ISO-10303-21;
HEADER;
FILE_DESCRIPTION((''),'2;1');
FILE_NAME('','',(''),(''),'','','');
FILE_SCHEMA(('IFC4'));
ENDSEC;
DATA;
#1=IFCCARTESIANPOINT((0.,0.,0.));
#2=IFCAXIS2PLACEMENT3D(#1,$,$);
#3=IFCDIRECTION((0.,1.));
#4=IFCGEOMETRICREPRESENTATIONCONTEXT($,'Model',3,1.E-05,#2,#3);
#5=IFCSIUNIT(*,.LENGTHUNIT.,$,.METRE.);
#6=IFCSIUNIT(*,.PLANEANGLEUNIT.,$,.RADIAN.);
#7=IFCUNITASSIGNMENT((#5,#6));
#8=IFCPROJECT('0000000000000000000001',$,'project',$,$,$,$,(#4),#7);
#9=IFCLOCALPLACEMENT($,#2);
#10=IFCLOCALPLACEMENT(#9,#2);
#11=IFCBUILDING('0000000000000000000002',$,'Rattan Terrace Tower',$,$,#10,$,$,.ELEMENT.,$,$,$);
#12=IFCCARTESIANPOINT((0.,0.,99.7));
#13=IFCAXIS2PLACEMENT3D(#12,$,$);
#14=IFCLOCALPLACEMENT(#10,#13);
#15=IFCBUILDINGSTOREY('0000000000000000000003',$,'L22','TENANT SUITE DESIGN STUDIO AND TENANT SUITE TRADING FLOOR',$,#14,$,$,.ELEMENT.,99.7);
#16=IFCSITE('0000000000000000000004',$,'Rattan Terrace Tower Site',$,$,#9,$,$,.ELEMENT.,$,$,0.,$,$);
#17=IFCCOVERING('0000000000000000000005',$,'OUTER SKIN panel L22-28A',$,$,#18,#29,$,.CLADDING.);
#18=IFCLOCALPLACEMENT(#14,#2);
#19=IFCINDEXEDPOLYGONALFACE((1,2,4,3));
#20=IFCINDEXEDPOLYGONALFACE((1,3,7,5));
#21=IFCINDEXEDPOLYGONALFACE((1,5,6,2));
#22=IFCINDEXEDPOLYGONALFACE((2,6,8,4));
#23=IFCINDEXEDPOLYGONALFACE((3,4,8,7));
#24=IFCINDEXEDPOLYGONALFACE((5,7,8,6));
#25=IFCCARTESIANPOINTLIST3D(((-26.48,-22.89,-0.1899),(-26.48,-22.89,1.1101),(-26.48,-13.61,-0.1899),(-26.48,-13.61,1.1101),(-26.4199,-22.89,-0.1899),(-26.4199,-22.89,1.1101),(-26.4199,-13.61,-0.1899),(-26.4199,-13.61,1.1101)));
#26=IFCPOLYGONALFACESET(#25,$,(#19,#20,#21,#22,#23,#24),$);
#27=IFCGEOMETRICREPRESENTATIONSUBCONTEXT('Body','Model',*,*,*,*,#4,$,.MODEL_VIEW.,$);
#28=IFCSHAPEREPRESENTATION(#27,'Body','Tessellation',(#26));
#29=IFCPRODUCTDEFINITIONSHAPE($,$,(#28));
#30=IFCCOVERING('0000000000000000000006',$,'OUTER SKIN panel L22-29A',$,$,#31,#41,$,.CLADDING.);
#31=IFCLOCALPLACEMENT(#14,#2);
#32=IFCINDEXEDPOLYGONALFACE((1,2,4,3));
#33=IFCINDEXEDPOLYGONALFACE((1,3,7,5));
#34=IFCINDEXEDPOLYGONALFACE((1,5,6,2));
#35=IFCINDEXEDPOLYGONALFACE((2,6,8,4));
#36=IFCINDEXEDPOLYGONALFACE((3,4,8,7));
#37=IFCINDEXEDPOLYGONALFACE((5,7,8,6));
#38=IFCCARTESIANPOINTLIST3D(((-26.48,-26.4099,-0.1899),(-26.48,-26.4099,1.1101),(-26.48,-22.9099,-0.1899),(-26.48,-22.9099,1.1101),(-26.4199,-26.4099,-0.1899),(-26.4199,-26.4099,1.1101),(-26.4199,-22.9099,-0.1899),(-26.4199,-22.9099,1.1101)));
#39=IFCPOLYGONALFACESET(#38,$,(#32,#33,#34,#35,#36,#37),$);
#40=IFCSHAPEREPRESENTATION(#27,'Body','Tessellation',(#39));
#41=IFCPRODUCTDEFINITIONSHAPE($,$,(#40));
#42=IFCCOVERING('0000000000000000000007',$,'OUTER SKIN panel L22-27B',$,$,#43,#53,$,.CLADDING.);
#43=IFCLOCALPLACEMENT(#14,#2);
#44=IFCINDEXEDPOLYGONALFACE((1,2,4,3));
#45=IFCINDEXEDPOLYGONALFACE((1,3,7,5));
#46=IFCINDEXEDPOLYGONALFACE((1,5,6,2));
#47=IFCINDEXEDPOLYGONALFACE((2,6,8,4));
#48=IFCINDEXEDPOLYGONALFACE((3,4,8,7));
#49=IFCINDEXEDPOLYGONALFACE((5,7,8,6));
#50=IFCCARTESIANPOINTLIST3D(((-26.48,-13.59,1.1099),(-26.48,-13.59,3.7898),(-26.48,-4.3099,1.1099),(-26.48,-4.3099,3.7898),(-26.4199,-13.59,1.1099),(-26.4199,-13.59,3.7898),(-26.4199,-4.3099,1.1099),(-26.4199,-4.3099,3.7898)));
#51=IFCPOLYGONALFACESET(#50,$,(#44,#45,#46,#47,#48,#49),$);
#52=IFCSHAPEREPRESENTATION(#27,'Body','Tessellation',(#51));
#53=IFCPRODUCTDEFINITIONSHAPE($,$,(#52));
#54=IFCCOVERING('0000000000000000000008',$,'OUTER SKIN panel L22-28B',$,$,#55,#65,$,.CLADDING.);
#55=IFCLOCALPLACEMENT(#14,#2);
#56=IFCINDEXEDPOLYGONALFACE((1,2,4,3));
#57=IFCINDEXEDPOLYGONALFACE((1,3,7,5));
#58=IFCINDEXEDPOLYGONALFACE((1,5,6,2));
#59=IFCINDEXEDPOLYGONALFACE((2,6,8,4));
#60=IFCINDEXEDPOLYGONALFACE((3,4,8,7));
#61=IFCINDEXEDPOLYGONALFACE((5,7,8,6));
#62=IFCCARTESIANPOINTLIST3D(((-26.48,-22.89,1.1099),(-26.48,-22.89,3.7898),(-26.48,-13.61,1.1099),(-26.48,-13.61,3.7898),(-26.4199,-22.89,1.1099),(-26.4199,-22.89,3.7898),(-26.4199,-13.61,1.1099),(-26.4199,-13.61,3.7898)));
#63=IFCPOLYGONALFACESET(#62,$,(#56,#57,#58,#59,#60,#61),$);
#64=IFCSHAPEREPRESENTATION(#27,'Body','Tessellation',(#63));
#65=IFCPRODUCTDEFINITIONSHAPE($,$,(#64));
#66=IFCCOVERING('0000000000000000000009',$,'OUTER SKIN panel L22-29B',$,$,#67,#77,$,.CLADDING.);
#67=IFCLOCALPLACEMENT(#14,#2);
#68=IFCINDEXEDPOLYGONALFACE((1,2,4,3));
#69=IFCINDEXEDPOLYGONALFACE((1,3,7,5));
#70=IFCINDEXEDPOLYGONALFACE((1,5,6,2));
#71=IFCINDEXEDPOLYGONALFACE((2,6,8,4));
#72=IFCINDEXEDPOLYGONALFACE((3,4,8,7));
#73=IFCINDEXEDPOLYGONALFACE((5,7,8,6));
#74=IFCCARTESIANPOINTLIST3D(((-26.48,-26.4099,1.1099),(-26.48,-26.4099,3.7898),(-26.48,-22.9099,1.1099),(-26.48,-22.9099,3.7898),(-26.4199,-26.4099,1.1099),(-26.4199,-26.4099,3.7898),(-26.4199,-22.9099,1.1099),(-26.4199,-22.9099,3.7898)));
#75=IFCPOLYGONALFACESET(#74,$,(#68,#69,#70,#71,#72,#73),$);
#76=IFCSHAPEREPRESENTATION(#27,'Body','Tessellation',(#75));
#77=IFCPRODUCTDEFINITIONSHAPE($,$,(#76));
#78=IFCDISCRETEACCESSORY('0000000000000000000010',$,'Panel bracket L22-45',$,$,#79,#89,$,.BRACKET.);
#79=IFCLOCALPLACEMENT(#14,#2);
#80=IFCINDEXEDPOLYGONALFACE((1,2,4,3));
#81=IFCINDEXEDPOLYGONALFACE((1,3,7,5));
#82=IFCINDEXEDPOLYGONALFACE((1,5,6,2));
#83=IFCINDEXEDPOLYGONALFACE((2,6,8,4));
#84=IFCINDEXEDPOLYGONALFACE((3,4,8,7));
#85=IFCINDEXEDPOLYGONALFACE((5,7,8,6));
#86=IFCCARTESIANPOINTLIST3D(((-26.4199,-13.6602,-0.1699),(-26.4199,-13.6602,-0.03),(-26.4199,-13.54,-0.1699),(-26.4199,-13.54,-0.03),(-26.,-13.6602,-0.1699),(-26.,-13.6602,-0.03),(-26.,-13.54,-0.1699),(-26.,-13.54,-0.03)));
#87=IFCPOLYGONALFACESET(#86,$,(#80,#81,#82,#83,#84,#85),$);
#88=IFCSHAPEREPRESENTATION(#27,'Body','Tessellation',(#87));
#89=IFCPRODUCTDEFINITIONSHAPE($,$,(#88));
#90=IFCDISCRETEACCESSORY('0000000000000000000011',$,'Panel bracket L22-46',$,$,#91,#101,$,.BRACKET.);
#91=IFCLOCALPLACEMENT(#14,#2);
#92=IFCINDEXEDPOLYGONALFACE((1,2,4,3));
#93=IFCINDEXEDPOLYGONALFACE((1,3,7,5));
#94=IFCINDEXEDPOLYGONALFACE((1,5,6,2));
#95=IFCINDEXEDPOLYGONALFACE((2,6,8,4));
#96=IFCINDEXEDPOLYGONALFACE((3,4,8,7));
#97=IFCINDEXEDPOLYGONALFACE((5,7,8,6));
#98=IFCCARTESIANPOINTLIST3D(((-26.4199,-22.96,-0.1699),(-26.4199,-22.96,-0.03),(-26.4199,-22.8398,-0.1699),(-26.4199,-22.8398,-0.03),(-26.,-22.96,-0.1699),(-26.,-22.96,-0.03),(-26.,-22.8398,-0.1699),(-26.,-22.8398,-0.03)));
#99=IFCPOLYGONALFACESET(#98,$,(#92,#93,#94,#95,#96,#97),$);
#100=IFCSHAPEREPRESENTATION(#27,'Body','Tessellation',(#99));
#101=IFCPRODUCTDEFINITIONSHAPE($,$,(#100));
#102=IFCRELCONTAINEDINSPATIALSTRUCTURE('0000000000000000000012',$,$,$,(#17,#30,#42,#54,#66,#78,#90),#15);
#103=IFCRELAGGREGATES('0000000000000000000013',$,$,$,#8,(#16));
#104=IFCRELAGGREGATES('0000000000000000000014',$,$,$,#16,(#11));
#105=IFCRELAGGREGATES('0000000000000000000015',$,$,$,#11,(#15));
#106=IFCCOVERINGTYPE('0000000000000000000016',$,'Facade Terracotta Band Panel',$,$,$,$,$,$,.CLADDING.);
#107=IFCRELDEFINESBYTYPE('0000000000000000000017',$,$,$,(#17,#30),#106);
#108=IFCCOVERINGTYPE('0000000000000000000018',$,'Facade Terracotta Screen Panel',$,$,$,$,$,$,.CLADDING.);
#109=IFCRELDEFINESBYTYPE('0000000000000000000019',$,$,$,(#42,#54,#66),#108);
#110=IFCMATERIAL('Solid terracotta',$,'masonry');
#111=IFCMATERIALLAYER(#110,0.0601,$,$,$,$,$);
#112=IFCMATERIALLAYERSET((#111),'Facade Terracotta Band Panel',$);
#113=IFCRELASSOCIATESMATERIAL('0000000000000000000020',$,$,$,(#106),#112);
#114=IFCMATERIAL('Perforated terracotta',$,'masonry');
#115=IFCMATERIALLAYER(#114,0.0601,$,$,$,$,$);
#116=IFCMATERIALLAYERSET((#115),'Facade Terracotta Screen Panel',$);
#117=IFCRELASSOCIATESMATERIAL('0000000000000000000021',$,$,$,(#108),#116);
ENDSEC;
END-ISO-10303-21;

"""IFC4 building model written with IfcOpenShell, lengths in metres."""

from ifc_helpers import new_model, si_unit, direction, frame, origin, origin_2d, place, context, subcontext, project, spatial, rectangle, extrude, material, layer, layer_set, type_object, element, save


model = new_model("IFC4")

# Units and contexts
model_context = context("Model", 3, precision=1e-05, world=origin(), true_north=direction((0.0, 1.0)))
body_context = subcontext(model_context, "Body", "Model", "MODEL_VIEW")
ifc_project = project(units=[si_unit("LENGTHUNIT", "METRE"), si_unit("PLANEANGLEUNIT", "RADIAN")], contexts=[model_context])

# Site, building, storey
site_placement = place(None, origin())
site = spatial("IfcSite", under=ifc_project, at=site_placement, Name="Rattan Terrace Tower Site", CompositionType="ELEMENT", RefElevation=0.0)
building_placement = place(site_placement, origin())
building = spatial("IfcBuilding", under=site, at=building_placement, Name="Rattan Terrace Tower", CompositionType="ELEMENT")
storey_placement = place(building_placement, frame((0.0, 0.0, 99.7)))
storey = spatial("IfcBuildingStorey", under=building, at=storey_placement, Name="L22", Description="TENANT SUITE DESIGN STUDIO AND TENANT SUITE TRADING FLOOR", CompositionType="ELEMENT", Elevation=99.7)

# Coverings
ifc_material_1 = material(Name="Solid terracotta", Category="masonry")
ifc_layer_1 = layer(ifc_material_1, 0.0601)
ifc_layer_set_1 = layer_set([ifc_layer_1], Name="Facade Terracotta Band Panel")
covering_type_1 = type_object("IfcCoveringType", Name="Facade Terracotta Band Panel", PredefinedType="CLADDING", material=ifc_layer_set_1)
for number, where, z_axis, x_axis, name in (
    (1, (-26.45, -18.25, -0.1899), (0.0, 0.0, 1.0), (0.0, -1.0, 0.0), "OUTER SKIN panel L22-28A"),
):
    element("IfcCovering", number, at=place(storey_placement, frame(where, z_axis=z_axis, x_axis=x_axis)), inside=storey, type_object=covering_type_1, Name=name, PredefinedType="CLADDING", context=body_context, shape_type="SweptSolid", body=[
        extrude(rectangle(XDim=9.28, YDim=0.0601, at=origin_2d()), origin(), (0.0, 0.0, 1.0), 1.3),
    ])
covering_1_placement = place(storey_placement, frame((-26.45, -24.6599, -0.1899), z_axis=(0.0, 0.0, 1.0), x_axis=(0.0, -1.0, 0.0)))
element("IfcCovering", 2, at=covering_1_placement, inside=storey, type_object=covering_type_1, Name="OUTER SKIN panel L22-29A", PredefinedType="CLADDING", context=body_context, shape_type="SweptSolid", body=[
    extrude(rectangle(XDim=3.5, YDim=0.0601, at=origin_2d()), origin(), (0.0, 0.0, 1.0), 1.3),
])
ifc_material_2 = material(Name="Perforated terracotta", Category="masonry")
ifc_layer_2 = layer(ifc_material_2, 0.0601)
ifc_layer_set_2 = layer_set([ifc_layer_2], Name="Facade Terracotta Screen Panel")
covering_type_2 = type_object("IfcCoveringType", Name="Facade Terracotta Screen Panel", PredefinedType="CLADDING", material=ifc_layer_set_2)
for number, where, z_axis, x_axis, name in (
    (3, (-26.45, -8.95, 1.1099), (0.0, 0.0, 1.0), (0.0, -1.0, 0.0), "OUTER SKIN panel L22-27B"),
    (4, (-26.45, -18.25, 1.1099), (0.0, 0.0, 1.0), (0.0, -1.0, 0.0), "OUTER SKIN panel L22-28B"),
):
    element("IfcCovering", number, at=place(storey_placement, frame(where, z_axis=z_axis, x_axis=x_axis)), inside=storey, type_object=covering_type_2, Name=name, PredefinedType="CLADDING", context=body_context, shape_type="SweptSolid", body=[
        extrude(rectangle(XDim=9.28, YDim=0.0601, at=origin_2d()), origin(), (0.0, 0.0, 1.0), 2.6799),
    ])
covering_2_placement = place(storey_placement, frame((-26.45, -24.6599, 1.1099), z_axis=(0.0, 0.0, 1.0), x_axis=(0.0, -1.0, 0.0)))
element("IfcCovering", 5, at=covering_2_placement, inside=storey, type_object=covering_type_2, Name="OUTER SKIN panel L22-29B", PredefinedType="CLADDING", context=body_context, shape_type="SweptSolid", body=[
    extrude(rectangle(XDim=3.5, YDim=0.0601, at=origin_2d()), origin(), (0.0, 0.0, 1.0), 2.6799),
])

# Discrete accessories
for number, where, z_axis, x_axis, name in (
    (6, (-26.21, -13.6001, -0.1699), (0.0, 0.0, 1.0), (0.0, -1.0, 0.0), "Panel bracket L22-45"),
    (7, (-26.21, -22.8999, -0.1699), (0.0, 0.0, 1.0), (0.0, -1.0, 0.0), "Panel bracket L22-46"),
):
    element("IfcDiscreteAccessory", number, at=place(storey_placement, frame(where, z_axis=z_axis, x_axis=x_axis)), inside=storey, Name=name, PredefinedType="BRACKET", context=body_context, shape_type="SweptSolid", body=[
        extrude(rectangle(XDim=0.1201, YDim=0.4199, at=origin_2d()), origin(), (0.0, 0.0, 1.0), 0.1399),
    ])

save(model, "model.ifc")
